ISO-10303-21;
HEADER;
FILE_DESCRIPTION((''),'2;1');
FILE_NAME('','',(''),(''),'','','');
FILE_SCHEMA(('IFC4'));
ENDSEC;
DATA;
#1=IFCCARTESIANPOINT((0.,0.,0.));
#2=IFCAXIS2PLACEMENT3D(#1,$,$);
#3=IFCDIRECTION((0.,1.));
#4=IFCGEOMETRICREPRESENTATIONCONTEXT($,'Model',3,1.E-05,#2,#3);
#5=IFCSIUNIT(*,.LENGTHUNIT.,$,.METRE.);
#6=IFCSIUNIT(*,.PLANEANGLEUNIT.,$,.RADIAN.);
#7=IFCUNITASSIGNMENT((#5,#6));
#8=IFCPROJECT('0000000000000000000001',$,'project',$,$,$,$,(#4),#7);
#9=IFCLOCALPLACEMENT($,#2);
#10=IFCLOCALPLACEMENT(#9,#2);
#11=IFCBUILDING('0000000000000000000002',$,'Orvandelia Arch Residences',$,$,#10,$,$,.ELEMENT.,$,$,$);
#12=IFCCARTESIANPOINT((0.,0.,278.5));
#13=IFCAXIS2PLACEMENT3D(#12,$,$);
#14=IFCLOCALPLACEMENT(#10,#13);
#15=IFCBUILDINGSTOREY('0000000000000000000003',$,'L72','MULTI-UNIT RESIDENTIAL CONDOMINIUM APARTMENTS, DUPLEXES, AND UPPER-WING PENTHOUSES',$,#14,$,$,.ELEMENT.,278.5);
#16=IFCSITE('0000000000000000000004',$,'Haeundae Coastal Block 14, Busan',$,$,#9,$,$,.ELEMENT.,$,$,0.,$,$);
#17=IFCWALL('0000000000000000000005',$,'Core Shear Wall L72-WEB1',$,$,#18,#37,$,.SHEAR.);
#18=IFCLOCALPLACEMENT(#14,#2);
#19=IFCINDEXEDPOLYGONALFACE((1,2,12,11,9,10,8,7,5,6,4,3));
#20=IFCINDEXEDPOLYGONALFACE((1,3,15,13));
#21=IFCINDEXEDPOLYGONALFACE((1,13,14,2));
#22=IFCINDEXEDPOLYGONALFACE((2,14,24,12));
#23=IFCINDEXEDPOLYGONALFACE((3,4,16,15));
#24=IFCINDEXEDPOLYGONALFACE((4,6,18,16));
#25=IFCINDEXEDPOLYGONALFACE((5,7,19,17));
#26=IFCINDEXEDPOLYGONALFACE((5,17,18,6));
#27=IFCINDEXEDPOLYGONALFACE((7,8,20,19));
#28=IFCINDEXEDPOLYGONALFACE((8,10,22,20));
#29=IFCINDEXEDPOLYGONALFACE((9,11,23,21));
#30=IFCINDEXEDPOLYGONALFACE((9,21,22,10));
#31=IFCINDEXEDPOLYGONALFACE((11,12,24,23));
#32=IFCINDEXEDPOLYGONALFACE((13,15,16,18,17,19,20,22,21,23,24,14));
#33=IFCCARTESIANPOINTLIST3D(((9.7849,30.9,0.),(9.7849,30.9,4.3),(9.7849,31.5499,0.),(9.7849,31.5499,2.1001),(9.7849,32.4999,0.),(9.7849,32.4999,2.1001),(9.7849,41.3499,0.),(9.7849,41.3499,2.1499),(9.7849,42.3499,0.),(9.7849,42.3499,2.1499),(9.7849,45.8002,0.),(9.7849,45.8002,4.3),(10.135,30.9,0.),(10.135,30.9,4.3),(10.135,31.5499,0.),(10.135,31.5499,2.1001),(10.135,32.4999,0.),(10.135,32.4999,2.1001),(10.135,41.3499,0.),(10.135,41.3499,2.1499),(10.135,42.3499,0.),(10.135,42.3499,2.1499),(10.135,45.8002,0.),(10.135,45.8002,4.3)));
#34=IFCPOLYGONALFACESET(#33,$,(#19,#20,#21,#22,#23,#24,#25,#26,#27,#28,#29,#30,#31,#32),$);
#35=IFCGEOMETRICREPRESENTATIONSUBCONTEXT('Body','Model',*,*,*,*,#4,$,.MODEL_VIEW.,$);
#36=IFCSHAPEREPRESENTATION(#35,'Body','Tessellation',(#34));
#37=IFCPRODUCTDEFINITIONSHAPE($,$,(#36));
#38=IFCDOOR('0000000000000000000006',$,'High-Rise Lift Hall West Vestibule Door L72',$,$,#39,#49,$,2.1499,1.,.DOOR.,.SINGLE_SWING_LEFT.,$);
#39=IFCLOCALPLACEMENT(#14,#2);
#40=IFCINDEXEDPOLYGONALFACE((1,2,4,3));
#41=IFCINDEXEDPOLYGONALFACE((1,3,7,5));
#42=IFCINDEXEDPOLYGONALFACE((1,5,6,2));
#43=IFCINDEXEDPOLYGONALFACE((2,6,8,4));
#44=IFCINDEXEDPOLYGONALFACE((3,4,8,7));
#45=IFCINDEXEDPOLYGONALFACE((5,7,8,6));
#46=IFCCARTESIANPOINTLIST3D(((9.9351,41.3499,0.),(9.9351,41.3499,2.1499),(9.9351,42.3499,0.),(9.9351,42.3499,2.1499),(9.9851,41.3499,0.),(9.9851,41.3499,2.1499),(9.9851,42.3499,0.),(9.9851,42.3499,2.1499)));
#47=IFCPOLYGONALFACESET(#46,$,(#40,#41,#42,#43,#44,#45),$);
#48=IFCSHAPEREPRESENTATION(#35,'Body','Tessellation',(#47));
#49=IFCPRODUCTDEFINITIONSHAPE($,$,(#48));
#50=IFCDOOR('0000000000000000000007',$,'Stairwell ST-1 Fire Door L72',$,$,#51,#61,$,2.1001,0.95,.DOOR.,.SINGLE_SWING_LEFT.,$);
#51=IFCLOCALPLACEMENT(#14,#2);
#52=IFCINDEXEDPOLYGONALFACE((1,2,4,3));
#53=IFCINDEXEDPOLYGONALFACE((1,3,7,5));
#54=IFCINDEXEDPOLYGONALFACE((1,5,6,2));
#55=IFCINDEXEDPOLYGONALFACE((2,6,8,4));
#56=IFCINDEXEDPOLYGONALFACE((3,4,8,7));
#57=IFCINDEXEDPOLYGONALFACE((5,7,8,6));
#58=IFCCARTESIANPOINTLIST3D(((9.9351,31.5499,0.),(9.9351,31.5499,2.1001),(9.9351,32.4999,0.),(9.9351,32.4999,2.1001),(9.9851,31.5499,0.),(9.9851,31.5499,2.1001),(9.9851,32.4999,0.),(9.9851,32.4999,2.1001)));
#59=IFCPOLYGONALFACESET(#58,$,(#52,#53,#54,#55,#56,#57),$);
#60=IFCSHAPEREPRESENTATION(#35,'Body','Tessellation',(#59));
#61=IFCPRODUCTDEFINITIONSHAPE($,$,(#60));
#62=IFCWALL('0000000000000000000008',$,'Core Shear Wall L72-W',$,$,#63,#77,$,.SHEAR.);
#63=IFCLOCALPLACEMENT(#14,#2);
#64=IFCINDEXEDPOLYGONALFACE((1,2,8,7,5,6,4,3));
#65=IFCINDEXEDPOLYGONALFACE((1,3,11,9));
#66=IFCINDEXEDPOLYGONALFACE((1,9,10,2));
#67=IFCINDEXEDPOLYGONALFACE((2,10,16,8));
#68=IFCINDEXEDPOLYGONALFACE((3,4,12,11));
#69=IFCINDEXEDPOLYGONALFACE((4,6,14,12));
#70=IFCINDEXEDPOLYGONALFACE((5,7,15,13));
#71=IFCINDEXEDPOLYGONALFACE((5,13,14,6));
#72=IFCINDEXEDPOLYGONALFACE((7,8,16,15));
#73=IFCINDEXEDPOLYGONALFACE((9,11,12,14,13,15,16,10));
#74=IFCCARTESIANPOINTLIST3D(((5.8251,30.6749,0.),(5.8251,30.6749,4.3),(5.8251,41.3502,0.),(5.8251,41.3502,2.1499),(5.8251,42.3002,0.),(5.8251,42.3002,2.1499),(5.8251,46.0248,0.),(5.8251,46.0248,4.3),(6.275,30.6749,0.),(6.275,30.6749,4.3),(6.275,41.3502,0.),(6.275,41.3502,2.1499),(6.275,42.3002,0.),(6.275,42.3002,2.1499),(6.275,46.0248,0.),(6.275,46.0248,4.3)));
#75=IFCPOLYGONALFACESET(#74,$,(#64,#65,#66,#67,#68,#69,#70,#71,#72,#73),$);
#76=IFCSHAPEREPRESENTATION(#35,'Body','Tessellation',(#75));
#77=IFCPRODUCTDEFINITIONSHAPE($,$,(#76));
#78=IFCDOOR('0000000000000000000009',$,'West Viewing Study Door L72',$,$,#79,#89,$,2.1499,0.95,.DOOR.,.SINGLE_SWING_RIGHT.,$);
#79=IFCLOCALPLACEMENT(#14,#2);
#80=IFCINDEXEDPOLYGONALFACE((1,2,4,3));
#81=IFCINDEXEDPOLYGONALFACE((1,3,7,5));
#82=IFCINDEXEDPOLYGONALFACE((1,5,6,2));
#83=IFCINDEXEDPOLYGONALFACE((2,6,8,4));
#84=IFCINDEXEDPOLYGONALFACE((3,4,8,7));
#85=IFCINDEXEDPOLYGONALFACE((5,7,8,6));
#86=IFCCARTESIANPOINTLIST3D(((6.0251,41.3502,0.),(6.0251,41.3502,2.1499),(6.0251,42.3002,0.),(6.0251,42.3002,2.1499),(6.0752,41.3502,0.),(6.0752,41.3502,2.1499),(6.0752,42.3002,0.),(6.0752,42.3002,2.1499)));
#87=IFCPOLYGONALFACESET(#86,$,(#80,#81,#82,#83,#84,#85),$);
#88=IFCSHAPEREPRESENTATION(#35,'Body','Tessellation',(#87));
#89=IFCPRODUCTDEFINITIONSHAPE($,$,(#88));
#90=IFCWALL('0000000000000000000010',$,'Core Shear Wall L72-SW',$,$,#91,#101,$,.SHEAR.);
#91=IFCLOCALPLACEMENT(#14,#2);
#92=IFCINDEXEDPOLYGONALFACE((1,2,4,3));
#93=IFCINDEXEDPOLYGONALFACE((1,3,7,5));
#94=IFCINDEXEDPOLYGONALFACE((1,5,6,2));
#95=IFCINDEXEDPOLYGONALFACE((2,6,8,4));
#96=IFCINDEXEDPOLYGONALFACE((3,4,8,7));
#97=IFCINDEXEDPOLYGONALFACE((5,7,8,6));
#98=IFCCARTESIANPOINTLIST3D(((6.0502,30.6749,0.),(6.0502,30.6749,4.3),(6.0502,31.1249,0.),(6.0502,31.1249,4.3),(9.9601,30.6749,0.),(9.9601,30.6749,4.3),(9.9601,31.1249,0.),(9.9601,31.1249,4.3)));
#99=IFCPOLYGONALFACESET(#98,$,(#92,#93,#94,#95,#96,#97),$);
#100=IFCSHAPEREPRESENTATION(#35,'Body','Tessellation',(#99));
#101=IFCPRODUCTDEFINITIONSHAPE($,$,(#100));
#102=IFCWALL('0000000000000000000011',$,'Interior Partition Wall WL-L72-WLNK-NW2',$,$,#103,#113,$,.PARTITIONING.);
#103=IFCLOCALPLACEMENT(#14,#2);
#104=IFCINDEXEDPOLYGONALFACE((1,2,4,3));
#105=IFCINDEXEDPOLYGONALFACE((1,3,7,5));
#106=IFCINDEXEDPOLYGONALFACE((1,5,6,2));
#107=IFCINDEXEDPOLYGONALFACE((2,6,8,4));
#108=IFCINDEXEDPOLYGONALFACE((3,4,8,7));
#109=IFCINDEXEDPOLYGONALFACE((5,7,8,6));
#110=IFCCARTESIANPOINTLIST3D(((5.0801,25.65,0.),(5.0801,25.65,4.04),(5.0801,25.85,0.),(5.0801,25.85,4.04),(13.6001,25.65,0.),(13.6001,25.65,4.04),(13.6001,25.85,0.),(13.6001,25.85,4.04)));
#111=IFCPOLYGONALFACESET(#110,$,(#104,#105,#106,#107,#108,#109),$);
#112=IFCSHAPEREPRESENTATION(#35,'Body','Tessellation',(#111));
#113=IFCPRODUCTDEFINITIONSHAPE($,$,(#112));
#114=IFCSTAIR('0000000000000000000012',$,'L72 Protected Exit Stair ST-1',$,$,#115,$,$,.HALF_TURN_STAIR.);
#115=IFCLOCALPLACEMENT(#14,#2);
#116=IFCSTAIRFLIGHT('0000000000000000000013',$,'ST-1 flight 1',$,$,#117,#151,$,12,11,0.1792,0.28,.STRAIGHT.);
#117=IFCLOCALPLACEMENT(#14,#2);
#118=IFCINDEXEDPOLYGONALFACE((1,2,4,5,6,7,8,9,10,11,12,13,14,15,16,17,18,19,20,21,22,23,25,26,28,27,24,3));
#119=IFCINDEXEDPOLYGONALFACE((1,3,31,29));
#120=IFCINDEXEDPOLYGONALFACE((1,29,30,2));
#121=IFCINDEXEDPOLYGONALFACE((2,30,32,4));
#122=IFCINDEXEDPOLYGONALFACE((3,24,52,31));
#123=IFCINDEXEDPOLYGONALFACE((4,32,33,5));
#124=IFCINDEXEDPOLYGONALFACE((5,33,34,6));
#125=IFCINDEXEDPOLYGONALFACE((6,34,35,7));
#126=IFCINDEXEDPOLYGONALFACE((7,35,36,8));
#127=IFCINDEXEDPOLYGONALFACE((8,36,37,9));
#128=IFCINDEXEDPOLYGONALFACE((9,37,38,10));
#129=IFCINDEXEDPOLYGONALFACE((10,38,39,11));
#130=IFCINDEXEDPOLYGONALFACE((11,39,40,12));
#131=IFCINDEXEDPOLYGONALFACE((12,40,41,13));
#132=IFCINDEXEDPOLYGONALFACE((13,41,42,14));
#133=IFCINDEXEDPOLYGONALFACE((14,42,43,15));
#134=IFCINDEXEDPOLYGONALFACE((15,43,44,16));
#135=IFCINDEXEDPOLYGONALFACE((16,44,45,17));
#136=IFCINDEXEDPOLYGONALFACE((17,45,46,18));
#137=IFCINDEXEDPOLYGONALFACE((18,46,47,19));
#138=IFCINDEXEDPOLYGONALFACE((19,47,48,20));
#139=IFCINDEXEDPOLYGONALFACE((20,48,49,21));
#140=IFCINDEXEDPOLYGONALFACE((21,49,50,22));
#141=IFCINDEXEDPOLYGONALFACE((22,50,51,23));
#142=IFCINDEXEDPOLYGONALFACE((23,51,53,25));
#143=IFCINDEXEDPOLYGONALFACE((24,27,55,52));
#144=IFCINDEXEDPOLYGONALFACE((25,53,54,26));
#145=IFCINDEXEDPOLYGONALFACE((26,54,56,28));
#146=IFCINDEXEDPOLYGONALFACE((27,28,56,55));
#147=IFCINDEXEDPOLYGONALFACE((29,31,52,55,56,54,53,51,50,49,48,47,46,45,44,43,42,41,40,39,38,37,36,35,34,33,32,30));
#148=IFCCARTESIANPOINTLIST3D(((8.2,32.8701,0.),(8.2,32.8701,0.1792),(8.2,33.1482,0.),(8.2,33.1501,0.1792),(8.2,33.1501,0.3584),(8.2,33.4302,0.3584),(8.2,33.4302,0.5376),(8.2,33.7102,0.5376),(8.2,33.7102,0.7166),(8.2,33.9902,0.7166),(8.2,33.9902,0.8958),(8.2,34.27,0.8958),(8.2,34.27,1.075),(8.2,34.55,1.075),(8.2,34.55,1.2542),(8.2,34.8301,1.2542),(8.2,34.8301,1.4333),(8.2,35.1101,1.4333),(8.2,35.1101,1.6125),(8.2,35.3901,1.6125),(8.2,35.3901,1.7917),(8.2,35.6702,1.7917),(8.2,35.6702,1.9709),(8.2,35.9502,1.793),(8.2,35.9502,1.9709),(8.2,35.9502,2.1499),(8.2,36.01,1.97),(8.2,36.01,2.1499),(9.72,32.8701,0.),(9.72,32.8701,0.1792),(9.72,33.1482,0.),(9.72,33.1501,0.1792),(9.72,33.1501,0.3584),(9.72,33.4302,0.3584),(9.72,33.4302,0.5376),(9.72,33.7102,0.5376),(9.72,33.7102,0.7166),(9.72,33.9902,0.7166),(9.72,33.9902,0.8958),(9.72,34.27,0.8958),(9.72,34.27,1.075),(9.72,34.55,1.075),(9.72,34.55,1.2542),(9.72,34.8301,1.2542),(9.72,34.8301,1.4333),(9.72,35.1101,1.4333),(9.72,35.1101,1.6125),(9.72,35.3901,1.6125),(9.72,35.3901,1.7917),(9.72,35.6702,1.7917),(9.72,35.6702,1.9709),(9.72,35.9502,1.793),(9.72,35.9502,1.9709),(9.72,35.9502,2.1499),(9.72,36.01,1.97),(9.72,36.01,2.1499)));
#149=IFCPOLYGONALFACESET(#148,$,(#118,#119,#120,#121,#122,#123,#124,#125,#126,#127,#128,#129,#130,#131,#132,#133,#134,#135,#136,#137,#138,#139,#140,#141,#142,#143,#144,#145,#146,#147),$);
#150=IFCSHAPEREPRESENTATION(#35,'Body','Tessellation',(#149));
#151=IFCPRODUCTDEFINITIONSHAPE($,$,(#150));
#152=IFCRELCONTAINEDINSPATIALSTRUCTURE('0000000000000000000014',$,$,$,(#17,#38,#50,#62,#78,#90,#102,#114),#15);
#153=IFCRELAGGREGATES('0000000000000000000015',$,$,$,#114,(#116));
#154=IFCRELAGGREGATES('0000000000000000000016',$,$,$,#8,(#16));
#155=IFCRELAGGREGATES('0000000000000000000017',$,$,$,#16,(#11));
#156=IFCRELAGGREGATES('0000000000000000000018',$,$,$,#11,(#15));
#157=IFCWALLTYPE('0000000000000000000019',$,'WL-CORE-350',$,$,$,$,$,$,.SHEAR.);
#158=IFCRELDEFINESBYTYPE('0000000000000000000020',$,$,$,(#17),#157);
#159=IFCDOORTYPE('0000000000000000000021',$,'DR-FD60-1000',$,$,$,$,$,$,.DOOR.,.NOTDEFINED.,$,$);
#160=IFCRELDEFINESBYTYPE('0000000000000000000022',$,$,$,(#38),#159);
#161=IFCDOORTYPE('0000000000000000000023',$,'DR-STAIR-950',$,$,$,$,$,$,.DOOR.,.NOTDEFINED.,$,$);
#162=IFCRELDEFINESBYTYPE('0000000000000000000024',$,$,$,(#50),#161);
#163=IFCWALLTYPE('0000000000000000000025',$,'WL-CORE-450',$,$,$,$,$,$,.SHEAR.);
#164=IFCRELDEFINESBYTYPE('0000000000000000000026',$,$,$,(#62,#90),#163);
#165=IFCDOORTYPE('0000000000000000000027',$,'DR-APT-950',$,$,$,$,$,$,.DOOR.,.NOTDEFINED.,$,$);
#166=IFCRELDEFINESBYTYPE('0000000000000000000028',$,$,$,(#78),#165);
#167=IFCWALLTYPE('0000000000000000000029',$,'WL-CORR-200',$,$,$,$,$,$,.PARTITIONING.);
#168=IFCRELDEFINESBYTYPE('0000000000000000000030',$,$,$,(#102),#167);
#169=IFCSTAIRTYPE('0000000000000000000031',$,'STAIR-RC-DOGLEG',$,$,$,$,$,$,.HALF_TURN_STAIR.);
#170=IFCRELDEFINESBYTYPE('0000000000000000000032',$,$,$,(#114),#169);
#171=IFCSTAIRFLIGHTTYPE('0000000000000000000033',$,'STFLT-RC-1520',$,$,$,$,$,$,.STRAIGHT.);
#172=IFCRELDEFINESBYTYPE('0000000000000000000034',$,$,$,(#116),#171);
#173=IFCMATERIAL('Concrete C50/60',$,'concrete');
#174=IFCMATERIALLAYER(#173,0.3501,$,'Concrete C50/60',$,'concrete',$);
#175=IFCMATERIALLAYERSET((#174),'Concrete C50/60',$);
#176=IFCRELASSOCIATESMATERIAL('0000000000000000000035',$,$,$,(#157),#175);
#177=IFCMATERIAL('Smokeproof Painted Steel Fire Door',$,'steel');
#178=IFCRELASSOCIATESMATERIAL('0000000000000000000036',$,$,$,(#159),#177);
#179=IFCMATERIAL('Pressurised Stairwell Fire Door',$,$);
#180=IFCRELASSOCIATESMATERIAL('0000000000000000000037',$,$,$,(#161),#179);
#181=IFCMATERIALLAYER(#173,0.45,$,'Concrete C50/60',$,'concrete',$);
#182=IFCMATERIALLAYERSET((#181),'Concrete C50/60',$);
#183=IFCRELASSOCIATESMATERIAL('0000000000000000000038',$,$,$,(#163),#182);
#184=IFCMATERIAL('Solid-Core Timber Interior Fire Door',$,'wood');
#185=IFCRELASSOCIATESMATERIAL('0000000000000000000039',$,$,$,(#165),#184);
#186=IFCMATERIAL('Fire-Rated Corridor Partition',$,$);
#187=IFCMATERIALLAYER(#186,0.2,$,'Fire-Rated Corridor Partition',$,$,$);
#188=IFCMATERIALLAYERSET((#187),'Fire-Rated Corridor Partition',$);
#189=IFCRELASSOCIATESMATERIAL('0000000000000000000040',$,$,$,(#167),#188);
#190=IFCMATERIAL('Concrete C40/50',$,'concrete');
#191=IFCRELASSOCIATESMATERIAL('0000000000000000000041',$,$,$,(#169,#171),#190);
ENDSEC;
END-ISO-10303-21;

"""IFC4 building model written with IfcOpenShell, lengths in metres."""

from ifc_helpers import new_model, si_unit, direction, frame, frame_2d, origin, place, context, subcontext, project, spatial, polyline, rectangle, outline, extrude, material, layer, layer_set, type_object, element, fill, aggregate, save


model = new_model("IFC4")

# Units and contexts
model_context = context("Model", 3, precision=1e-05, world=origin(), true_north=direction((0.0, 1.0)))
body_context = subcontext(model_context, "Body", "Model", "MODEL_VIEW")
ifc_project = project(units=[si_unit("LENGTHUNIT", "METRE"), si_unit("PLANEANGLEUNIT", "RADIAN")], contexts=[model_context])

# Site, building, storey
site_placement = place(None, origin())
site = spatial("IfcSite", under=ifc_project, at=site_placement, Name="Haeundae Coastal Block 14, Busan", CompositionType="ELEMENT", RefElevation=0.0)
building_placement = place(site_placement, origin())
building = spatial("IfcBuilding", under=site, at=building_placement, Name="Orvandelia Arch Residences", CompositionType="ELEMENT")
storey_placement = place(building_placement, frame((0.0, 0.0, 278.5)))
storey = spatial("IfcBuildingStorey", under=building, at=storey_placement, Name="L72", Description="MULTI-UNIT RESIDENTIAL CONDOMINIUM APARTMENTS, DUPLEXES, AND UPPER-WING PENTHOUSES", CompositionType="ELEMENT", Elevation=278.5)

# Shared definitions
ifc_material_1 = material(Name="Concrete C50/60", Category="concrete")

# Wall, openings, doors
ifc_layer_1 = layer(ifc_material_1, 0.3501, Name="Concrete C50/60", Category="concrete")
ifc_layer_set_1 = layer_set([ifc_layer_1], Name="Concrete C50/60")
wall_type_1 = type_object("IfcWallType", Name="WL-CORE-350", PredefinedType="SHEAR", material=ifc_layer_set_1)
wall_1_placement = place(storey_placement, frame((9.96, 30.8999, 0.0), z_axis=(0.0, 0.0, 1.0), x_axis=(0.0, 1.0, 0.0)))
wall_1 = element("IfcWall", 1, at=wall_1_placement, inside=storey, type_object=wall_type_1, Name="Core Shear Wall L72-WEB1", PredefinedType="SHEAR", context=body_context, shape_type="SweptSolid", body=[
    extrude(rectangle(XDim=14.9001, YDim=0.3501, at=frame_2d((7.4502, 0.0))), origin(), (0.0, 0.0, 1.0), 4.3),
])
opening_1_placement = place(wall_1_placement, frame((0.6499, 0.0, 0.0)))
opening_1 = element("IfcOpeningElement", 2, at=opening_1_placement, cuts=wall_1, PredefinedType="OPENING", context=body_context, shape_type="SweptSolid", body=[
    extrude(rectangle(XDim=0.95, YDim=2.1001, at=frame_2d((0.4751, 1.05))), frame((0.0, 0.1851, 0.0), z_axis=(0.0, -1.0, 0.0), x_axis=(1.0, 0.0, 0.0)), (0.0, 0.0, 1.0), 0.3701),
])
opening_2_placement = place(wall_1_placement, frame((10.45, 0.0, 0.0)))
opening_2 = element("IfcOpeningElement", 3, at=opening_2_placement, cuts=wall_1, PredefinedType="OPENING", context=body_context, shape_type="SweptSolid", body=[
    extrude(rectangle(XDim=1.0, YDim=2.1499, at=frame_2d((0.5, 1.075))), frame((0.0, 0.1851, 0.0), z_axis=(0.0, -1.0, 0.0), x_axis=(1.0, 0.0, 0.0)), (0.0, 0.0, 1.0), 0.3701),
])
ifc_material_2 = material(Name="Smokeproof Painted Steel Fire Door", Category="steel")
door_type_1 = type_object("IfcDoorType", Name="DR-FD60-1000", OperationType="NOTDEFINED", PredefinedType="DOOR", material=ifc_material_2)
door_1_placement = place(opening_2_placement, origin())
door_1 = element("IfcDoor", 4, at=door_1_placement, inside=storey, type_object=door_type_1, Name="High-Rise Lift Hall West Vestibule Door L72", OperationType="SINGLE_SWING_LEFT", OverallHeight=2.1499, OverallWidth=1.0, PredefinedType="DOOR", context=body_context, shape_type="SweptSolid", body=[
    extrude(rectangle(XDim=1.0, YDim=2.1499, at=frame_2d((0.5, 1.075))), frame((0.0, 0.0249, 0.0), z_axis=(0.0, -1.0, 0.0), x_axis=(1.0, 0.0, 0.0)), (0.0, 0.0, 1.0), 0.05),
])
fill(opening_2, door_1)
ifc_material_3 = material(Name="Pressurised Stairwell Fire Door")
door_type_2 = type_object("IfcDoorType", Name="DR-STAIR-950", OperationType="NOTDEFINED", PredefinedType="DOOR", material=ifc_material_3)
door_2_placement = place(opening_1_placement, origin())
door_2 = element("IfcDoor", 5, at=door_2_placement, inside=storey, type_object=door_type_2, Name="Stairwell ST-1 Fire Door L72", OperationType="SINGLE_SWING_LEFT", OverallHeight=2.1001, OverallWidth=0.95, PredefinedType="DOOR", context=body_context, shape_type="SweptSolid", body=[
    extrude(rectangle(XDim=0.95, YDim=2.1001, at=frame_2d((0.4751, 1.05))), frame((0.0, 0.0249, 0.0), z_axis=(0.0, -1.0, 0.0), x_axis=(1.0, 0.0, 0.0)), (0.0, 0.0, 1.0), 0.05),
])
fill(opening_1, door_2)

# Wall, opening, door
ifc_layer_2 = layer(ifc_material_1, 0.45, Name="Concrete C50/60", Category="concrete")
ifc_layer_set_2 = layer_set([ifc_layer_2], Name="Concrete C50/60")
wall_type_2 = type_object("IfcWallType", Name="WL-CORE-450", PredefinedType="SHEAR", material=ifc_layer_set_2)
wall_2_placement = place(storey_placement, frame((6.05, 30.675, 0.0), z_axis=(0.0, 0.0, 1.0), x_axis=(0.0, 1.0, 0.0)))
wall_2 = element("IfcWall", 6, at=wall_2_placement, inside=storey, type_object=wall_type_2, Name="Core Shear Wall L72-W", PredefinedType="SHEAR", context=body_context, shape_type="SweptSolid", body=[
    extrude(rectangle(XDim=15.3499, YDim=0.45, at=frame_2d((7.6748, 0.0))), origin(), (0.0, 0.0, 1.0), 4.3),
])
opening_3_placement = place(wall_2_placement, frame((10.675, 0.0, 0.0)))
opening_3 = element("IfcOpeningElement", 7, at=opening_3_placement, cuts=wall_2, PredefinedType="OPENING", context=body_context, shape_type="SweptSolid", body=[
    extrude(rectangle(XDim=0.95, YDim=2.1499, at=frame_2d((0.4751, 1.075))), frame((0.0, 0.2349, 0.0), z_axis=(0.0, -1.0, 0.0), x_axis=(1.0, 0.0, 0.0)), (0.0, 0.0, 1.0), 0.47),
])
ifc_material_4 = material(Name="Solid-Core Timber Interior Fire Door", Category="wood")
door_type_3 = type_object("IfcDoorType", Name="DR-APT-950", OperationType="NOTDEFINED", PredefinedType="DOOR", material=ifc_material_4)
door_3_placement = place(opening_3_placement, origin())
door_3 = element("IfcDoor", 8, at=door_3_placement, inside=storey, type_object=door_type_3, Name="West Viewing Study Door L72", OperationType="SINGLE_SWING_RIGHT", OverallHeight=2.1499, OverallWidth=0.95, PredefinedType="DOOR", context=body_context, shape_type="SweptSolid", body=[
    extrude(rectangle(XDim=0.95, YDim=2.1499, at=frame_2d((0.4751, 1.075))), frame((0.0, 0.0249, 0.0), z_axis=(0.0, -1.0, 0.0), x_axis=(1.0, 0.0, 0.0)), (0.0, 0.0, 1.0), 0.05),
])
fill(opening_3, door_3)

# Wall
wall_3_placement = place(storey_placement, frame((6.05, 30.8999, 0.0), z_axis=(0.0, 0.0, 1.0), x_axis=(1.0, 0.0, 0.0)))
element("IfcWall", 9, at=wall_3_placement, inside=storey, type_object=wall_type_2, Name="Core Shear Wall L72-SW", PredefinedType="SHEAR", context=body_context, shape_type="SweptSolid", body=[
    extrude(rectangle(XDim=3.9099, YDim=0.45, at=frame_2d((1.9551, 0.0))), origin(), (0.0, 0.0, 1.0), 4.3),
])

# Wall
ifc_material_5 = material(Name="Fire-Rated Corridor Partition")
ifc_layer_3 = layer(ifc_material_5, 0.2, Name="Fire-Rated Corridor Partition")
ifc_layer_set_3 = layer_set([ifc_layer_3], Name="Fire-Rated Corridor Partition")
wall_type_3 = type_object("IfcWallType", Name="WL-CORR-200", PredefinedType="PARTITIONING", material=ifc_layer_set_3)
wall_4_placement = place(storey_placement, frame((5.0801, 25.75, 0.0), z_axis=(0.0, 0.0, 1.0), x_axis=(1.0, 0.0, 0.0)))
element("IfcWall", 10, at=wall_4_placement, inside=storey, type_object=wall_type_3, Name="Interior Partition Wall WL-L72-WLNK-NW2", PredefinedType="PARTITIONING", context=body_context, shape_type="SweptSolid", body=[
    extrude(rectangle(XDim=8.52, YDim=0.2, at=frame_2d((4.26, 0.0))), origin(), (0.0, 0.0, 1.0), 4.04),
])

# Stair, stair flight
ifc_material_6 = material(Name="Concrete C40/50", Category="concrete")
stair_type = type_object("IfcStairType", Name="STAIR-RC-DOGLEG", PredefinedType="HALF_TURN_STAIR", material=ifc_material_6)
stair_placement = place(storey_placement, origin())
stair = element("IfcStair", 11, at=stair_placement, inside=storey, type_object=stair_type, Name="L72 Protected Exit Stair ST-1", PredefinedType="HALF_TURN_STAIR")
stair_flight_type = type_object("IfcStairFlightType", Name="STFLT-RC-1520", PredefinedType="STRAIGHT", material=ifc_material_6)
stair_flight_1_placement = place(storey_placement, frame((8.96, 32.8701, 0.0), z_axis=(0.0, 0.0, 1.0), x_axis=(0.0, 1.0, 0.0)))
stair_flight_1 = element("IfcStairFlight", 12, at=stair_flight_1_placement, type_object=stair_flight_type, Name="ST-1 flight 1", NumberOfRisers=12, NumberOfTreads=11, PredefinedType="STRAIGHT", RiserHeight=0.1792, TreadLength=0.28, context=body_context, shape_type="SweptSolid", body=[
    extrude(outline(polyline([(0.0, 0.0), (0.0, 0.1792), (0.28, 0.1792), (0.28, 0.3584), (0.5601, 0.3584), (0.5601, 0.5376), (0.8401, 0.5376), (0.8401, 0.7166), (1.1201, 0.7166), (1.1201, 0.8958), (1.3999, 0.8958), (1.3999, 1.075), (1.6799, 1.075), (1.6799, 1.2542), (1.96, 1.2542), (1.96, 1.4333), (2.24, 1.4333), (2.24, 1.6125), (2.52, 1.6125), (2.52, 1.7917), (2.8, 1.7917), (2.8, 1.9709), (3.0801, 1.9709), (3.0801, 2.1499), (3.1399, 2.1499), (3.1399, 1.97), (3.0801, 1.793), (0.2781, 0.0), (0.0, 0.0)])), frame((0.0, 0.76, 0.0), z_axis=(0.0, -1.0, 0.0), x_axis=(1.0, 0.0, 0.0)), (0.0, 0.0, 1.0), 1.52),
])
aggregate(stair, [stair_flight_1])

save(model, "model.ifc")
